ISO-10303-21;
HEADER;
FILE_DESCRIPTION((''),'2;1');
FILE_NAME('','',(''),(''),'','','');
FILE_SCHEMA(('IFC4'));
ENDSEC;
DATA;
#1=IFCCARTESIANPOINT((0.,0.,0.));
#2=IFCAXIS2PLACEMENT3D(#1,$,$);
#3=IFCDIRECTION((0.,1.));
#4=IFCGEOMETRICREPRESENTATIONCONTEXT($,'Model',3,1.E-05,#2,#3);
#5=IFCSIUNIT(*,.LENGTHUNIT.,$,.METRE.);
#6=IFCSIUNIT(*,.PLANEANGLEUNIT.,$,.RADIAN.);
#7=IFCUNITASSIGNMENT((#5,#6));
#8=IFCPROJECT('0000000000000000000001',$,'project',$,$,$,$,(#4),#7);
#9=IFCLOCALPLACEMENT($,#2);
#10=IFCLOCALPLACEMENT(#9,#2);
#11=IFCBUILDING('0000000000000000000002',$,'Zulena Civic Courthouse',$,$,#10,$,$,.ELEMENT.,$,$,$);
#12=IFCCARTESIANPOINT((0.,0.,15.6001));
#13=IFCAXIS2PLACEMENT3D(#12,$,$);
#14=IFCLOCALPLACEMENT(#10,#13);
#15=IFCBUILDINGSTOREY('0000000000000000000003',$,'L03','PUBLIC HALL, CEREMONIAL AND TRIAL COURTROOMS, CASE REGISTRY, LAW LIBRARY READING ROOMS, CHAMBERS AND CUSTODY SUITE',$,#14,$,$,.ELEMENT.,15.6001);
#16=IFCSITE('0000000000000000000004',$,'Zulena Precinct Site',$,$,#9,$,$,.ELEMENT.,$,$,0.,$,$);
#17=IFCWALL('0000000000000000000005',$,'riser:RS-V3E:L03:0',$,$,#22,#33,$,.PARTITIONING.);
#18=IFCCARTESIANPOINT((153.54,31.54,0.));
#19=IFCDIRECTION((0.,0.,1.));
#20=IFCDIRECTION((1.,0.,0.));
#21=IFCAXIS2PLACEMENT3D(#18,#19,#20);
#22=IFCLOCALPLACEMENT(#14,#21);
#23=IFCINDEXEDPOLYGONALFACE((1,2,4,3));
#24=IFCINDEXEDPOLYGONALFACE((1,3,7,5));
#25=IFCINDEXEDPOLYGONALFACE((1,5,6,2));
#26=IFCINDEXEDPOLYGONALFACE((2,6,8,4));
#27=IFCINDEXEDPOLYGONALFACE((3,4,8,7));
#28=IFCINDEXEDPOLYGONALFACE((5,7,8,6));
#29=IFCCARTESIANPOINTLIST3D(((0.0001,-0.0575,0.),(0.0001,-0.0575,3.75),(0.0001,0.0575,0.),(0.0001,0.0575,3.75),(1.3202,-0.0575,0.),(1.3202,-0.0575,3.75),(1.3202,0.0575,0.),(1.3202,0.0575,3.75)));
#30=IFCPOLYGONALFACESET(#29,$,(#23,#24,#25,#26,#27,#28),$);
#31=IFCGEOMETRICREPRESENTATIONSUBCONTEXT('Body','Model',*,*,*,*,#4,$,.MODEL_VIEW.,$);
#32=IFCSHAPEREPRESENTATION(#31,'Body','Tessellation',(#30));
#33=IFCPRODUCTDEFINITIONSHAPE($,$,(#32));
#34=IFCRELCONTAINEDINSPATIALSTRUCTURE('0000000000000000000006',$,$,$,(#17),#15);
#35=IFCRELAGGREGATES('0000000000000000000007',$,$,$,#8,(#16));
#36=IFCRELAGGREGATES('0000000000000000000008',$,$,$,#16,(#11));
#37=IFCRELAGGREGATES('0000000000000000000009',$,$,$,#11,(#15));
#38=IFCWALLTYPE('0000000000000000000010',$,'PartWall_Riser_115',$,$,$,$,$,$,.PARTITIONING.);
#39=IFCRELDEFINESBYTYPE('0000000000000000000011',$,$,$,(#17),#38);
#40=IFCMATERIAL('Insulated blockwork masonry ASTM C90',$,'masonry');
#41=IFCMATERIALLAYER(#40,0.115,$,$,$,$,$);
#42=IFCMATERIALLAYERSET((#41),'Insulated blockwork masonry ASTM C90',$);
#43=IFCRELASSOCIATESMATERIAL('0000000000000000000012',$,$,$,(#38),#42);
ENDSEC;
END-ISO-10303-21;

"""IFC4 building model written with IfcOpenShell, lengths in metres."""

from ifc_helpers import new_model, si_unit, direction, frame, frame_2d, origin, place, context, subcontext, project, spatial, rectangle, extrude, material, layer, layer_set, type_object, element, save


model = new_model("IFC4")

# Units and contexts
model_context = context("Model", 3, precision=1e-05, world=origin(), true_north=direction((0.0, 1.0)))
body_context = subcontext(model_context, "Body", "Model", "MODEL_VIEW")
ifc_project = project(units=[si_unit("LENGTHUNIT", "METRE"), si_unit("PLANEANGLEUNIT", "RADIAN")], contexts=[model_context])

# Site, building, storey
site_placement = place(None, origin())
site = spatial("IfcSite", under=ifc_project, at=site_placement, Name="Zulena Precinct Site", CompositionType="ELEMENT", RefElevation=0.0)
building_placement = place(site_placement, origin())
building = spatial("IfcBuilding", under=site, at=building_placement, Name="Zulena Civic Courthouse", CompositionType="ELEMENT")
storey_placement = place(building_placement, frame((0.0, 0.0, 15.6001)))
storey = spatial("IfcBuildingStorey", under=building, at=storey_placement, Name="L03", Description="PUBLIC HALL, CEREMONIAL AND TRIAL COURTROOMS, CASE REGISTRY, LAW LIBRARY READING ROOMS, CHAMBERS AND CUSTODY SUITE", CompositionType="ELEMENT", Elevation=15.6001)

# Wall
ifc_material_1 = material(Name="Insulated blockwork masonry ASTM C90", Category="masonry")
ifc_layer_1 = layer(ifc_material_1, 0.115)
ifc_layer_set_1 = layer_set([ifc_layer_1], Name="Insulated blockwork masonry ASTM C90")
wall_type_1 = type_object("IfcWallType", Name="PartWall_Riser_115", PredefinedType="PARTITIONING", material=ifc_layer_set_1)
for number, where, z_axis, x_axis, name in (
    (1, (153.54, 31.54, 0.0), (0.0, 0.0, 1.0), (1.0, 0.0, 0.0), "riser:RS-V3E:L03:0"),
):
    element("IfcWall", number, at=place(storey_placement, frame(where, z_axis=z_axis, x_axis=x_axis)), inside=storey, type_object=wall_type_1, Name=name, PredefinedType="PARTITIONING", context=body_context, shape_type="SweptSolid", body=[
        extrude(rectangle(XDim=1.3201, YDim=0.115, at=frame_2d((0.6602, 0.0))), origin(), (0.0, 0.0, 1.0), 3.75),
    ])

save(model, "model.ifc")
